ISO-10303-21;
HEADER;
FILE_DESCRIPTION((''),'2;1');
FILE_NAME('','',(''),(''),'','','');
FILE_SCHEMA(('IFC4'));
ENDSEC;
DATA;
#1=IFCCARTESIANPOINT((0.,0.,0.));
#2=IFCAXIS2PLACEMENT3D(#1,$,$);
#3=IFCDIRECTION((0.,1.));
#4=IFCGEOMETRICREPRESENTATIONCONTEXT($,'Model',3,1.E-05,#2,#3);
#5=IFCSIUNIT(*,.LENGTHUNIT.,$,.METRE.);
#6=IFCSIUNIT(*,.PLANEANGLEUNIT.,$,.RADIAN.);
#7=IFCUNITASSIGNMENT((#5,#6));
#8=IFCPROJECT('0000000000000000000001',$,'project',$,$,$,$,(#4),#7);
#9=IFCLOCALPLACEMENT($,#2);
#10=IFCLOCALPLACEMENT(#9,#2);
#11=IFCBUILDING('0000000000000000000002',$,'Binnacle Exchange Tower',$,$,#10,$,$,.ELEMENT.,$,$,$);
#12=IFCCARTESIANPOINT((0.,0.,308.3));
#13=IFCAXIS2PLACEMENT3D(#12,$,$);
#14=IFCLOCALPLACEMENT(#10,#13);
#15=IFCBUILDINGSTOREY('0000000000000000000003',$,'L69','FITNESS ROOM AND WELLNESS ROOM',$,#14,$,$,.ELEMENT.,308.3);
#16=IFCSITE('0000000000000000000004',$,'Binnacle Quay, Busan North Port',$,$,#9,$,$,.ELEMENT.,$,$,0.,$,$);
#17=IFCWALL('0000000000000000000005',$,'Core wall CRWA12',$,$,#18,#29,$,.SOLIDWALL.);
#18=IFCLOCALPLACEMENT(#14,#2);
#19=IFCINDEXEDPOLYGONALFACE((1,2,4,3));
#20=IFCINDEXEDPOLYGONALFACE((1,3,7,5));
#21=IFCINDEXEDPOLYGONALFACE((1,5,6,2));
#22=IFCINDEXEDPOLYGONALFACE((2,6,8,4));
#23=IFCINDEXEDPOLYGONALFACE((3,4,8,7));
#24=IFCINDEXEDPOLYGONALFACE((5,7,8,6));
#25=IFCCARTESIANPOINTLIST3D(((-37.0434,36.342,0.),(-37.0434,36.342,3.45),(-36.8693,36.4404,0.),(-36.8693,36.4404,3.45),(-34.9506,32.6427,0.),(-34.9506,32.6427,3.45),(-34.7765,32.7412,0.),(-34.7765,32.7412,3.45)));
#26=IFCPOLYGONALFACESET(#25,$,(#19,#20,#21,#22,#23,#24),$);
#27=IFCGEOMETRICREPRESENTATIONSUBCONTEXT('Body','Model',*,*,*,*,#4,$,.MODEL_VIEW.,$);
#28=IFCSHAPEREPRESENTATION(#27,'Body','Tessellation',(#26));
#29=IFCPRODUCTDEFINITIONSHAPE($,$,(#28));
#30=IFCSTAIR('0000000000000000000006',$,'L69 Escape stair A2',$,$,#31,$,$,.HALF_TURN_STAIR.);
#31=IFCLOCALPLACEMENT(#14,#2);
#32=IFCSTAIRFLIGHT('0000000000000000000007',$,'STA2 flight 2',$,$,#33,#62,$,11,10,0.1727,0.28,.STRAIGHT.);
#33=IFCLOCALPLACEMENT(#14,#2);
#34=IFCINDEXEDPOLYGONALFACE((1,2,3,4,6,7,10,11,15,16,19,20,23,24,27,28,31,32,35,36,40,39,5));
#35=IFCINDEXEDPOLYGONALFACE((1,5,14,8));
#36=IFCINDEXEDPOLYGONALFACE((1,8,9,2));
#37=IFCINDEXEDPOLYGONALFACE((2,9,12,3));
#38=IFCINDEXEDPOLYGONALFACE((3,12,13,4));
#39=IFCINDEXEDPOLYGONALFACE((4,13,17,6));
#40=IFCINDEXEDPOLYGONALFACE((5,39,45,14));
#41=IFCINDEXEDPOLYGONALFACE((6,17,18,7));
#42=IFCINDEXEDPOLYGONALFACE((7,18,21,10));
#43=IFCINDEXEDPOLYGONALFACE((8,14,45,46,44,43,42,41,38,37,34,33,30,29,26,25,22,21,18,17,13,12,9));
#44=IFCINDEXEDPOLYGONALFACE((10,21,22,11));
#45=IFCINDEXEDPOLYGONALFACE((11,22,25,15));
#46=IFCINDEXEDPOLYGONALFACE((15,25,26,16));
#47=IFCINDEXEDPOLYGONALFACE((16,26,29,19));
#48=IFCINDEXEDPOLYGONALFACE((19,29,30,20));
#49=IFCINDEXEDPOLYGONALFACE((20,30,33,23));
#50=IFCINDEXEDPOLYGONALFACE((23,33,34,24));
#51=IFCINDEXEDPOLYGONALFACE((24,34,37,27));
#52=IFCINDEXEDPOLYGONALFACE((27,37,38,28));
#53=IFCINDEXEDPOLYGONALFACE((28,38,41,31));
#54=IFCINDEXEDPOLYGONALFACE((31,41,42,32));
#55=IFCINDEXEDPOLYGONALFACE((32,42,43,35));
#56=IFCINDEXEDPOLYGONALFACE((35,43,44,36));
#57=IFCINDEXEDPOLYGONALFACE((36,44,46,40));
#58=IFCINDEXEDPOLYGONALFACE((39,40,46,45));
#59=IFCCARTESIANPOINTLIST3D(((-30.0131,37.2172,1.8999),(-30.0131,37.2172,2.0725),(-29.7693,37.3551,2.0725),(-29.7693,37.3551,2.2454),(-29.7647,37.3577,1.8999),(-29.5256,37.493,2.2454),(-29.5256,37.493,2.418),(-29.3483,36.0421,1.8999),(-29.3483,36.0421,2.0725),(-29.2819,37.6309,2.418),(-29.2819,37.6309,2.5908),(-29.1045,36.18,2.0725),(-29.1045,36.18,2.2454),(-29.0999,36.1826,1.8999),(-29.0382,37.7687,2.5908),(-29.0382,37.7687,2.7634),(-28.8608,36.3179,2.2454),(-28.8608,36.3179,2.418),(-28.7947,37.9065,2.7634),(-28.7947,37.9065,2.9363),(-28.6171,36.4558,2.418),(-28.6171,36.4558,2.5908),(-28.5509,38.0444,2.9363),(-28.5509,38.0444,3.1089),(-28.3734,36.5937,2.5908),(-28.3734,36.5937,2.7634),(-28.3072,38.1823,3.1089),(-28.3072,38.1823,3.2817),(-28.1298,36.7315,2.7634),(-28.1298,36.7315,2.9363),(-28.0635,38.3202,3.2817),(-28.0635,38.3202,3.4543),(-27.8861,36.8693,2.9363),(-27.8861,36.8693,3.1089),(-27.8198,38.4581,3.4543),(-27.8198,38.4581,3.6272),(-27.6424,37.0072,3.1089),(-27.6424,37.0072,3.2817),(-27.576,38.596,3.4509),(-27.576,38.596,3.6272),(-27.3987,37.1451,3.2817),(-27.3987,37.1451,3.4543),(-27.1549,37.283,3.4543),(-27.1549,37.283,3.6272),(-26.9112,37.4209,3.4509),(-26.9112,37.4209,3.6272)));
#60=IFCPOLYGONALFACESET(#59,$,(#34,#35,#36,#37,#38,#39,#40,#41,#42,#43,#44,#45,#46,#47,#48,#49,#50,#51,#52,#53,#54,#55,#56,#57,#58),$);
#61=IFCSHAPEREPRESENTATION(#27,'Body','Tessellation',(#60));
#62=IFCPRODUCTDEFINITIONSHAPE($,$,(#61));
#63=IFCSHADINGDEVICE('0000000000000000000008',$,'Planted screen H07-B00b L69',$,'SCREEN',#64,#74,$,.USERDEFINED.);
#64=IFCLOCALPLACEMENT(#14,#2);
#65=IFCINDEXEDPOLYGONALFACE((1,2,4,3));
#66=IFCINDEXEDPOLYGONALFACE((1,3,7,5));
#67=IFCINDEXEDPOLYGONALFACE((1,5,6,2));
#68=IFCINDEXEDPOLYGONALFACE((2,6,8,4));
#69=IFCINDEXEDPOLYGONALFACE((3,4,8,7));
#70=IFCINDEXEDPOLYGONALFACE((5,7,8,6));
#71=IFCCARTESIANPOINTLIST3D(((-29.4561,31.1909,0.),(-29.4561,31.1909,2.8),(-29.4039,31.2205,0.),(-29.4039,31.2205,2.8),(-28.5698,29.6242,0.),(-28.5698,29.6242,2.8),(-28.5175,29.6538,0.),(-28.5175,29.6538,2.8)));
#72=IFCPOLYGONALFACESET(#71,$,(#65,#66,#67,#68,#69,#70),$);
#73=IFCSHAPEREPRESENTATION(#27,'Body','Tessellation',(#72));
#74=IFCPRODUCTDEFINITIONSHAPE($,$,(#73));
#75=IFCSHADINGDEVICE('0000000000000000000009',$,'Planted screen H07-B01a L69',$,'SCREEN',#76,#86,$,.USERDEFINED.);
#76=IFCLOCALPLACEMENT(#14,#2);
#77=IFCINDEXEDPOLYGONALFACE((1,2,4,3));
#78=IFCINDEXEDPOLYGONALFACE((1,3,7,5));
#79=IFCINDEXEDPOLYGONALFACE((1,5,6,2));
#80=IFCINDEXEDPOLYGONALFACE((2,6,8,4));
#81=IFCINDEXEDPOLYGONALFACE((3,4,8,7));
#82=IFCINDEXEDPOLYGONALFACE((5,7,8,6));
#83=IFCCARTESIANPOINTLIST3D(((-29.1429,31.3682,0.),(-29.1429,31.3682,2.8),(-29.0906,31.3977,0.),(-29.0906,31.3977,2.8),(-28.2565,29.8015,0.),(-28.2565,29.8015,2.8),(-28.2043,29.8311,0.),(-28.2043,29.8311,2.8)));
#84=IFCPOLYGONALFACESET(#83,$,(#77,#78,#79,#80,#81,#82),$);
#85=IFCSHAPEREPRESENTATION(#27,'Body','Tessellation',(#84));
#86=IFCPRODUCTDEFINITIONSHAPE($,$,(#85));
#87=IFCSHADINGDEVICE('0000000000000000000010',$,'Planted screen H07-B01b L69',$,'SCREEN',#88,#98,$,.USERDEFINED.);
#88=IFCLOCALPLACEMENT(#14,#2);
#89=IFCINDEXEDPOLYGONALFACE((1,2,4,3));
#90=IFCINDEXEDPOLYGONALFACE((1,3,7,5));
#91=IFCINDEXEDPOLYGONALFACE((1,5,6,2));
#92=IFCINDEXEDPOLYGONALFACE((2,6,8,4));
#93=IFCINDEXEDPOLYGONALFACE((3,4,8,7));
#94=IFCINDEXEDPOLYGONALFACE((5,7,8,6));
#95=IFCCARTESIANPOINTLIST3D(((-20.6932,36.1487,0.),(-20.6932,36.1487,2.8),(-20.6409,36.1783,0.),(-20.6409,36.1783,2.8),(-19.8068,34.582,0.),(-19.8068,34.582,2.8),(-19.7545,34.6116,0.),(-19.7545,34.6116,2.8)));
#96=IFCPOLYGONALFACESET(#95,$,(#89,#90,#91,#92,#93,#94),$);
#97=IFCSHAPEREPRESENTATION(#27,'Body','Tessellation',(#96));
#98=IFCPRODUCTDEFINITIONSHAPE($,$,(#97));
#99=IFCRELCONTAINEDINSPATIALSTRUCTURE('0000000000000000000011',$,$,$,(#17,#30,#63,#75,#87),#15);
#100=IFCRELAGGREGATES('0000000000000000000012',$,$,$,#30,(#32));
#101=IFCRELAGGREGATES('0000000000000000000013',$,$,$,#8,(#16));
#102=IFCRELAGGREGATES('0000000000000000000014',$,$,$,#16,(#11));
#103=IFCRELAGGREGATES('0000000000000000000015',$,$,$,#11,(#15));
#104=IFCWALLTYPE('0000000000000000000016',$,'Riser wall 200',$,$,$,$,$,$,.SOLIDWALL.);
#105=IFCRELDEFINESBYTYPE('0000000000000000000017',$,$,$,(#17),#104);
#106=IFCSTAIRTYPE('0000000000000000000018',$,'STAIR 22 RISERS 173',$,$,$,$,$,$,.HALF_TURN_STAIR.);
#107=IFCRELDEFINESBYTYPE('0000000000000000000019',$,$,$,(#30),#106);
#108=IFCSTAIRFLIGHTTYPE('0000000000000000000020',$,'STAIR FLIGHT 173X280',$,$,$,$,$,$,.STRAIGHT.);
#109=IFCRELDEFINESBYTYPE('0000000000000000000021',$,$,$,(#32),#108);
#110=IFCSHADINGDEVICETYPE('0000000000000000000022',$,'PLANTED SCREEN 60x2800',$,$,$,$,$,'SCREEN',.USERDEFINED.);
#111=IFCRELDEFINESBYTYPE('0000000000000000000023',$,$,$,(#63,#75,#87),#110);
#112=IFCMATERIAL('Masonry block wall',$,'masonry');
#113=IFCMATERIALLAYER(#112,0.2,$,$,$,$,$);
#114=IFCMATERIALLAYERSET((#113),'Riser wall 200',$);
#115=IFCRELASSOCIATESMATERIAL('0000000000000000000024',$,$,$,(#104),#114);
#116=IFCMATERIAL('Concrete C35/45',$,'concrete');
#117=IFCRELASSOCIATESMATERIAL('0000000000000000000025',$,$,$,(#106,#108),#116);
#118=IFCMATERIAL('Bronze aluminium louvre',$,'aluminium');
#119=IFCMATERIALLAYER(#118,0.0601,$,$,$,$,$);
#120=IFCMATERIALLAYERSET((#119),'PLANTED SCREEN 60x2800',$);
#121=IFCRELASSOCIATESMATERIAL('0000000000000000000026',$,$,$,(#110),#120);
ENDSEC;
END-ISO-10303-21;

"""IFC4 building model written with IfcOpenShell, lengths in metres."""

from ifc_helpers import new_model, si_unit, direction, frame, frame_2d, origin, origin_2d, place, context, subcontext, project, spatial, polyline, rectangle, outline, extrude, material, layer, layer_set, type_object, element, aggregate, save


model = new_model("IFC4")

# Units and contexts
model_context = context("Model", 3, precision=1e-05, world=origin(), true_north=direction((0.0, 1.0)))
body_context = subcontext(model_context, "Body", "Model", "MODEL_VIEW")
ifc_project = project(units=[si_unit("LENGTHUNIT", "METRE"), si_unit("PLANEANGLEUNIT", "RADIAN")], contexts=[model_context])

# Site, building, storey
site_placement = place(None, origin())
site = spatial("IfcSite", under=ifc_project, at=site_placement, Name="Binnacle Quay, Busan North Port", CompositionType="ELEMENT", RefElevation=0.0)
building_placement = place(site_placement, origin())
building = spatial("IfcBuilding", under=site, at=building_placement, Name="Binnacle Exchange Tower", CompositionType="ELEMENT")
storey_placement = place(building_placement, frame((0.0, 0.0, 308.3)))
storey = spatial("IfcBuildingStorey", under=building, at=storey_placement, Name="L69", Description="FITNESS ROOM AND WELLNESS ROOM", CompositionType="ELEMENT", Elevation=308.3)

# Wall
ifc_material_1 = material(Name="Masonry block wall", Category="masonry")
ifc_layer_1 = layer(ifc_material_1, 0.2)
ifc_layer_set_1 = layer_set([ifc_layer_1], Name="Riser wall 200")
wall_type_1 = type_object("IfcWallType", Name="Riser wall 200", PredefinedType="SOLIDWALL", material=ifc_layer_set_1)
wall_1_placement = place(storey_placement, frame((-36.9563, 36.3911, 0.0), z_axis=(0.0, 0.0, 1.0), x_axis=(0.492398, -0.87037, 0.0)))
element("IfcWall", 1, at=wall_1_placement, inside=storey, type_object=wall_type_1, Name="Core wall CRWA12", PredefinedType="SOLIDWALL", context=body_context, shape_type="SweptSolid", body=[
    extrude(rectangle(XDim=4.2502, YDim=0.2, at=frame_2d((2.125, 0.0))), origin(), (0.0, 0.0, 1.0), 3.45),
])

# Stair, stair flight
ifc_material_2 = material(Name="Concrete C35/45", Category="concrete")
stair_type = type_object("IfcStairType", Name="STAIR 22 RISERS 173", PredefinedType="HALF_TURN_STAIR", material=ifc_material_2)
stair_placement = place(storey_placement, origin())
stair = element("IfcStair", 2, at=stair_placement, inside=storey, type_object=stair_type, Name="L69 Escape stair A2", PredefinedType="HALF_TURN_STAIR")
stair_flight_type = type_object("IfcStairFlightType", Name="STAIR FLIGHT 173X280", PredefinedType="STRAIGHT", material=ifc_material_2)
stair_flight_placement = place(storey_placement, frame((-29.6807, 36.6296, 1.8999), z_axis=(0.0, 0.0, 1.0), x_axis=(0.870356, 0.492424, 0.0)))
stair_flight = element("IfcStairFlight", 3, at=stair_flight_placement, type_object=stair_flight_type, Name="STA2 flight 2", NumberOfRisers=11, NumberOfTreads=10, PredefinedType="STRAIGHT", RiserHeight=0.1727, TreadLength=0.28, context=body_context, shape_type="SweptSolid", body=[
    extrude(outline(polyline([(0.0, 0.0), (0.0, 0.1726), (0.28, 0.1726), (0.28, 0.3455), (0.5601, 0.3455), (0.5601, 0.5181), (0.8401, 0.5181), (0.8401, 0.6909), (1.1201, 0.6909), (1.1201, 0.8635), (1.3999, 0.8635), (1.3999, 1.0364), (1.6799, 1.0364), (1.6799, 1.209), (1.96, 1.209), (1.96, 1.3818), (2.24, 1.3818), (2.24, 1.5544), (2.52, 1.5544), (2.52, 1.7273), (2.8, 1.7273), (2.8, 1.8999), (2.8, 1.551), (0.2854, 0.0), (0.0, 0.0)])), frame((0.0, 0.675, 0.0), z_axis=(0.0, -1.0, 0.0), x_axis=(1.0, 0.0, 0.0)), (0.0, 0.0, 1.0), 1.3501),
])
aggregate(stair, [stair_flight])

# Shading devices
ifc_material_3 = material(Name="Bronze aluminium louvre", Category="aluminium")
ifc_layer_2 = layer(ifc_material_3, 0.0601)
ifc_layer_set_2 = layer_set([ifc_layer_2], Name="PLANTED SCREEN 60x2800")
shading_device_type = type_object("IfcShadingDeviceType", Name="PLANTED SCREEN 60x2800", ElementType="SCREEN", PredefinedType="USERDEFINED", material=ifc_layer_set_2)
for number, where, z_axis, x_axis, name in (
    (4, (-28.9868, 30.4224, 0.0), (0.0, 0.0, 1.0), (0.870356, 0.492424, 0.0), "Planted screen H07-B00b L69"),
    (5, (-28.6736, 30.5996, 0.0), (0.0, 0.0, 1.0), (0.870356, 0.492424, 0.0), "Planted screen H07-B01a L69"),
    (6, (-20.2239, 35.3801, 0.0), (0.0, 0.0, 1.0), (0.870356, 0.492424, 0.0), "Planted screen H07-B01b L69"),
):
    element("IfcShadingDevice", number, at=place(storey_placement, frame(where, z_axis=z_axis, x_axis=x_axis)), inside=storey, type_object=shading_device_type, Name=name, ObjectType="SCREEN", PredefinedType="USERDEFINED", context=body_context, shape_type="SweptSolid", body=[
        extrude(rectangle(XDim=0.0601, YDim=1.8, at=origin_2d()), origin(), (0.0, 0.0, 1.0), 2.8),
    ])

save(model, "model.ifc")
